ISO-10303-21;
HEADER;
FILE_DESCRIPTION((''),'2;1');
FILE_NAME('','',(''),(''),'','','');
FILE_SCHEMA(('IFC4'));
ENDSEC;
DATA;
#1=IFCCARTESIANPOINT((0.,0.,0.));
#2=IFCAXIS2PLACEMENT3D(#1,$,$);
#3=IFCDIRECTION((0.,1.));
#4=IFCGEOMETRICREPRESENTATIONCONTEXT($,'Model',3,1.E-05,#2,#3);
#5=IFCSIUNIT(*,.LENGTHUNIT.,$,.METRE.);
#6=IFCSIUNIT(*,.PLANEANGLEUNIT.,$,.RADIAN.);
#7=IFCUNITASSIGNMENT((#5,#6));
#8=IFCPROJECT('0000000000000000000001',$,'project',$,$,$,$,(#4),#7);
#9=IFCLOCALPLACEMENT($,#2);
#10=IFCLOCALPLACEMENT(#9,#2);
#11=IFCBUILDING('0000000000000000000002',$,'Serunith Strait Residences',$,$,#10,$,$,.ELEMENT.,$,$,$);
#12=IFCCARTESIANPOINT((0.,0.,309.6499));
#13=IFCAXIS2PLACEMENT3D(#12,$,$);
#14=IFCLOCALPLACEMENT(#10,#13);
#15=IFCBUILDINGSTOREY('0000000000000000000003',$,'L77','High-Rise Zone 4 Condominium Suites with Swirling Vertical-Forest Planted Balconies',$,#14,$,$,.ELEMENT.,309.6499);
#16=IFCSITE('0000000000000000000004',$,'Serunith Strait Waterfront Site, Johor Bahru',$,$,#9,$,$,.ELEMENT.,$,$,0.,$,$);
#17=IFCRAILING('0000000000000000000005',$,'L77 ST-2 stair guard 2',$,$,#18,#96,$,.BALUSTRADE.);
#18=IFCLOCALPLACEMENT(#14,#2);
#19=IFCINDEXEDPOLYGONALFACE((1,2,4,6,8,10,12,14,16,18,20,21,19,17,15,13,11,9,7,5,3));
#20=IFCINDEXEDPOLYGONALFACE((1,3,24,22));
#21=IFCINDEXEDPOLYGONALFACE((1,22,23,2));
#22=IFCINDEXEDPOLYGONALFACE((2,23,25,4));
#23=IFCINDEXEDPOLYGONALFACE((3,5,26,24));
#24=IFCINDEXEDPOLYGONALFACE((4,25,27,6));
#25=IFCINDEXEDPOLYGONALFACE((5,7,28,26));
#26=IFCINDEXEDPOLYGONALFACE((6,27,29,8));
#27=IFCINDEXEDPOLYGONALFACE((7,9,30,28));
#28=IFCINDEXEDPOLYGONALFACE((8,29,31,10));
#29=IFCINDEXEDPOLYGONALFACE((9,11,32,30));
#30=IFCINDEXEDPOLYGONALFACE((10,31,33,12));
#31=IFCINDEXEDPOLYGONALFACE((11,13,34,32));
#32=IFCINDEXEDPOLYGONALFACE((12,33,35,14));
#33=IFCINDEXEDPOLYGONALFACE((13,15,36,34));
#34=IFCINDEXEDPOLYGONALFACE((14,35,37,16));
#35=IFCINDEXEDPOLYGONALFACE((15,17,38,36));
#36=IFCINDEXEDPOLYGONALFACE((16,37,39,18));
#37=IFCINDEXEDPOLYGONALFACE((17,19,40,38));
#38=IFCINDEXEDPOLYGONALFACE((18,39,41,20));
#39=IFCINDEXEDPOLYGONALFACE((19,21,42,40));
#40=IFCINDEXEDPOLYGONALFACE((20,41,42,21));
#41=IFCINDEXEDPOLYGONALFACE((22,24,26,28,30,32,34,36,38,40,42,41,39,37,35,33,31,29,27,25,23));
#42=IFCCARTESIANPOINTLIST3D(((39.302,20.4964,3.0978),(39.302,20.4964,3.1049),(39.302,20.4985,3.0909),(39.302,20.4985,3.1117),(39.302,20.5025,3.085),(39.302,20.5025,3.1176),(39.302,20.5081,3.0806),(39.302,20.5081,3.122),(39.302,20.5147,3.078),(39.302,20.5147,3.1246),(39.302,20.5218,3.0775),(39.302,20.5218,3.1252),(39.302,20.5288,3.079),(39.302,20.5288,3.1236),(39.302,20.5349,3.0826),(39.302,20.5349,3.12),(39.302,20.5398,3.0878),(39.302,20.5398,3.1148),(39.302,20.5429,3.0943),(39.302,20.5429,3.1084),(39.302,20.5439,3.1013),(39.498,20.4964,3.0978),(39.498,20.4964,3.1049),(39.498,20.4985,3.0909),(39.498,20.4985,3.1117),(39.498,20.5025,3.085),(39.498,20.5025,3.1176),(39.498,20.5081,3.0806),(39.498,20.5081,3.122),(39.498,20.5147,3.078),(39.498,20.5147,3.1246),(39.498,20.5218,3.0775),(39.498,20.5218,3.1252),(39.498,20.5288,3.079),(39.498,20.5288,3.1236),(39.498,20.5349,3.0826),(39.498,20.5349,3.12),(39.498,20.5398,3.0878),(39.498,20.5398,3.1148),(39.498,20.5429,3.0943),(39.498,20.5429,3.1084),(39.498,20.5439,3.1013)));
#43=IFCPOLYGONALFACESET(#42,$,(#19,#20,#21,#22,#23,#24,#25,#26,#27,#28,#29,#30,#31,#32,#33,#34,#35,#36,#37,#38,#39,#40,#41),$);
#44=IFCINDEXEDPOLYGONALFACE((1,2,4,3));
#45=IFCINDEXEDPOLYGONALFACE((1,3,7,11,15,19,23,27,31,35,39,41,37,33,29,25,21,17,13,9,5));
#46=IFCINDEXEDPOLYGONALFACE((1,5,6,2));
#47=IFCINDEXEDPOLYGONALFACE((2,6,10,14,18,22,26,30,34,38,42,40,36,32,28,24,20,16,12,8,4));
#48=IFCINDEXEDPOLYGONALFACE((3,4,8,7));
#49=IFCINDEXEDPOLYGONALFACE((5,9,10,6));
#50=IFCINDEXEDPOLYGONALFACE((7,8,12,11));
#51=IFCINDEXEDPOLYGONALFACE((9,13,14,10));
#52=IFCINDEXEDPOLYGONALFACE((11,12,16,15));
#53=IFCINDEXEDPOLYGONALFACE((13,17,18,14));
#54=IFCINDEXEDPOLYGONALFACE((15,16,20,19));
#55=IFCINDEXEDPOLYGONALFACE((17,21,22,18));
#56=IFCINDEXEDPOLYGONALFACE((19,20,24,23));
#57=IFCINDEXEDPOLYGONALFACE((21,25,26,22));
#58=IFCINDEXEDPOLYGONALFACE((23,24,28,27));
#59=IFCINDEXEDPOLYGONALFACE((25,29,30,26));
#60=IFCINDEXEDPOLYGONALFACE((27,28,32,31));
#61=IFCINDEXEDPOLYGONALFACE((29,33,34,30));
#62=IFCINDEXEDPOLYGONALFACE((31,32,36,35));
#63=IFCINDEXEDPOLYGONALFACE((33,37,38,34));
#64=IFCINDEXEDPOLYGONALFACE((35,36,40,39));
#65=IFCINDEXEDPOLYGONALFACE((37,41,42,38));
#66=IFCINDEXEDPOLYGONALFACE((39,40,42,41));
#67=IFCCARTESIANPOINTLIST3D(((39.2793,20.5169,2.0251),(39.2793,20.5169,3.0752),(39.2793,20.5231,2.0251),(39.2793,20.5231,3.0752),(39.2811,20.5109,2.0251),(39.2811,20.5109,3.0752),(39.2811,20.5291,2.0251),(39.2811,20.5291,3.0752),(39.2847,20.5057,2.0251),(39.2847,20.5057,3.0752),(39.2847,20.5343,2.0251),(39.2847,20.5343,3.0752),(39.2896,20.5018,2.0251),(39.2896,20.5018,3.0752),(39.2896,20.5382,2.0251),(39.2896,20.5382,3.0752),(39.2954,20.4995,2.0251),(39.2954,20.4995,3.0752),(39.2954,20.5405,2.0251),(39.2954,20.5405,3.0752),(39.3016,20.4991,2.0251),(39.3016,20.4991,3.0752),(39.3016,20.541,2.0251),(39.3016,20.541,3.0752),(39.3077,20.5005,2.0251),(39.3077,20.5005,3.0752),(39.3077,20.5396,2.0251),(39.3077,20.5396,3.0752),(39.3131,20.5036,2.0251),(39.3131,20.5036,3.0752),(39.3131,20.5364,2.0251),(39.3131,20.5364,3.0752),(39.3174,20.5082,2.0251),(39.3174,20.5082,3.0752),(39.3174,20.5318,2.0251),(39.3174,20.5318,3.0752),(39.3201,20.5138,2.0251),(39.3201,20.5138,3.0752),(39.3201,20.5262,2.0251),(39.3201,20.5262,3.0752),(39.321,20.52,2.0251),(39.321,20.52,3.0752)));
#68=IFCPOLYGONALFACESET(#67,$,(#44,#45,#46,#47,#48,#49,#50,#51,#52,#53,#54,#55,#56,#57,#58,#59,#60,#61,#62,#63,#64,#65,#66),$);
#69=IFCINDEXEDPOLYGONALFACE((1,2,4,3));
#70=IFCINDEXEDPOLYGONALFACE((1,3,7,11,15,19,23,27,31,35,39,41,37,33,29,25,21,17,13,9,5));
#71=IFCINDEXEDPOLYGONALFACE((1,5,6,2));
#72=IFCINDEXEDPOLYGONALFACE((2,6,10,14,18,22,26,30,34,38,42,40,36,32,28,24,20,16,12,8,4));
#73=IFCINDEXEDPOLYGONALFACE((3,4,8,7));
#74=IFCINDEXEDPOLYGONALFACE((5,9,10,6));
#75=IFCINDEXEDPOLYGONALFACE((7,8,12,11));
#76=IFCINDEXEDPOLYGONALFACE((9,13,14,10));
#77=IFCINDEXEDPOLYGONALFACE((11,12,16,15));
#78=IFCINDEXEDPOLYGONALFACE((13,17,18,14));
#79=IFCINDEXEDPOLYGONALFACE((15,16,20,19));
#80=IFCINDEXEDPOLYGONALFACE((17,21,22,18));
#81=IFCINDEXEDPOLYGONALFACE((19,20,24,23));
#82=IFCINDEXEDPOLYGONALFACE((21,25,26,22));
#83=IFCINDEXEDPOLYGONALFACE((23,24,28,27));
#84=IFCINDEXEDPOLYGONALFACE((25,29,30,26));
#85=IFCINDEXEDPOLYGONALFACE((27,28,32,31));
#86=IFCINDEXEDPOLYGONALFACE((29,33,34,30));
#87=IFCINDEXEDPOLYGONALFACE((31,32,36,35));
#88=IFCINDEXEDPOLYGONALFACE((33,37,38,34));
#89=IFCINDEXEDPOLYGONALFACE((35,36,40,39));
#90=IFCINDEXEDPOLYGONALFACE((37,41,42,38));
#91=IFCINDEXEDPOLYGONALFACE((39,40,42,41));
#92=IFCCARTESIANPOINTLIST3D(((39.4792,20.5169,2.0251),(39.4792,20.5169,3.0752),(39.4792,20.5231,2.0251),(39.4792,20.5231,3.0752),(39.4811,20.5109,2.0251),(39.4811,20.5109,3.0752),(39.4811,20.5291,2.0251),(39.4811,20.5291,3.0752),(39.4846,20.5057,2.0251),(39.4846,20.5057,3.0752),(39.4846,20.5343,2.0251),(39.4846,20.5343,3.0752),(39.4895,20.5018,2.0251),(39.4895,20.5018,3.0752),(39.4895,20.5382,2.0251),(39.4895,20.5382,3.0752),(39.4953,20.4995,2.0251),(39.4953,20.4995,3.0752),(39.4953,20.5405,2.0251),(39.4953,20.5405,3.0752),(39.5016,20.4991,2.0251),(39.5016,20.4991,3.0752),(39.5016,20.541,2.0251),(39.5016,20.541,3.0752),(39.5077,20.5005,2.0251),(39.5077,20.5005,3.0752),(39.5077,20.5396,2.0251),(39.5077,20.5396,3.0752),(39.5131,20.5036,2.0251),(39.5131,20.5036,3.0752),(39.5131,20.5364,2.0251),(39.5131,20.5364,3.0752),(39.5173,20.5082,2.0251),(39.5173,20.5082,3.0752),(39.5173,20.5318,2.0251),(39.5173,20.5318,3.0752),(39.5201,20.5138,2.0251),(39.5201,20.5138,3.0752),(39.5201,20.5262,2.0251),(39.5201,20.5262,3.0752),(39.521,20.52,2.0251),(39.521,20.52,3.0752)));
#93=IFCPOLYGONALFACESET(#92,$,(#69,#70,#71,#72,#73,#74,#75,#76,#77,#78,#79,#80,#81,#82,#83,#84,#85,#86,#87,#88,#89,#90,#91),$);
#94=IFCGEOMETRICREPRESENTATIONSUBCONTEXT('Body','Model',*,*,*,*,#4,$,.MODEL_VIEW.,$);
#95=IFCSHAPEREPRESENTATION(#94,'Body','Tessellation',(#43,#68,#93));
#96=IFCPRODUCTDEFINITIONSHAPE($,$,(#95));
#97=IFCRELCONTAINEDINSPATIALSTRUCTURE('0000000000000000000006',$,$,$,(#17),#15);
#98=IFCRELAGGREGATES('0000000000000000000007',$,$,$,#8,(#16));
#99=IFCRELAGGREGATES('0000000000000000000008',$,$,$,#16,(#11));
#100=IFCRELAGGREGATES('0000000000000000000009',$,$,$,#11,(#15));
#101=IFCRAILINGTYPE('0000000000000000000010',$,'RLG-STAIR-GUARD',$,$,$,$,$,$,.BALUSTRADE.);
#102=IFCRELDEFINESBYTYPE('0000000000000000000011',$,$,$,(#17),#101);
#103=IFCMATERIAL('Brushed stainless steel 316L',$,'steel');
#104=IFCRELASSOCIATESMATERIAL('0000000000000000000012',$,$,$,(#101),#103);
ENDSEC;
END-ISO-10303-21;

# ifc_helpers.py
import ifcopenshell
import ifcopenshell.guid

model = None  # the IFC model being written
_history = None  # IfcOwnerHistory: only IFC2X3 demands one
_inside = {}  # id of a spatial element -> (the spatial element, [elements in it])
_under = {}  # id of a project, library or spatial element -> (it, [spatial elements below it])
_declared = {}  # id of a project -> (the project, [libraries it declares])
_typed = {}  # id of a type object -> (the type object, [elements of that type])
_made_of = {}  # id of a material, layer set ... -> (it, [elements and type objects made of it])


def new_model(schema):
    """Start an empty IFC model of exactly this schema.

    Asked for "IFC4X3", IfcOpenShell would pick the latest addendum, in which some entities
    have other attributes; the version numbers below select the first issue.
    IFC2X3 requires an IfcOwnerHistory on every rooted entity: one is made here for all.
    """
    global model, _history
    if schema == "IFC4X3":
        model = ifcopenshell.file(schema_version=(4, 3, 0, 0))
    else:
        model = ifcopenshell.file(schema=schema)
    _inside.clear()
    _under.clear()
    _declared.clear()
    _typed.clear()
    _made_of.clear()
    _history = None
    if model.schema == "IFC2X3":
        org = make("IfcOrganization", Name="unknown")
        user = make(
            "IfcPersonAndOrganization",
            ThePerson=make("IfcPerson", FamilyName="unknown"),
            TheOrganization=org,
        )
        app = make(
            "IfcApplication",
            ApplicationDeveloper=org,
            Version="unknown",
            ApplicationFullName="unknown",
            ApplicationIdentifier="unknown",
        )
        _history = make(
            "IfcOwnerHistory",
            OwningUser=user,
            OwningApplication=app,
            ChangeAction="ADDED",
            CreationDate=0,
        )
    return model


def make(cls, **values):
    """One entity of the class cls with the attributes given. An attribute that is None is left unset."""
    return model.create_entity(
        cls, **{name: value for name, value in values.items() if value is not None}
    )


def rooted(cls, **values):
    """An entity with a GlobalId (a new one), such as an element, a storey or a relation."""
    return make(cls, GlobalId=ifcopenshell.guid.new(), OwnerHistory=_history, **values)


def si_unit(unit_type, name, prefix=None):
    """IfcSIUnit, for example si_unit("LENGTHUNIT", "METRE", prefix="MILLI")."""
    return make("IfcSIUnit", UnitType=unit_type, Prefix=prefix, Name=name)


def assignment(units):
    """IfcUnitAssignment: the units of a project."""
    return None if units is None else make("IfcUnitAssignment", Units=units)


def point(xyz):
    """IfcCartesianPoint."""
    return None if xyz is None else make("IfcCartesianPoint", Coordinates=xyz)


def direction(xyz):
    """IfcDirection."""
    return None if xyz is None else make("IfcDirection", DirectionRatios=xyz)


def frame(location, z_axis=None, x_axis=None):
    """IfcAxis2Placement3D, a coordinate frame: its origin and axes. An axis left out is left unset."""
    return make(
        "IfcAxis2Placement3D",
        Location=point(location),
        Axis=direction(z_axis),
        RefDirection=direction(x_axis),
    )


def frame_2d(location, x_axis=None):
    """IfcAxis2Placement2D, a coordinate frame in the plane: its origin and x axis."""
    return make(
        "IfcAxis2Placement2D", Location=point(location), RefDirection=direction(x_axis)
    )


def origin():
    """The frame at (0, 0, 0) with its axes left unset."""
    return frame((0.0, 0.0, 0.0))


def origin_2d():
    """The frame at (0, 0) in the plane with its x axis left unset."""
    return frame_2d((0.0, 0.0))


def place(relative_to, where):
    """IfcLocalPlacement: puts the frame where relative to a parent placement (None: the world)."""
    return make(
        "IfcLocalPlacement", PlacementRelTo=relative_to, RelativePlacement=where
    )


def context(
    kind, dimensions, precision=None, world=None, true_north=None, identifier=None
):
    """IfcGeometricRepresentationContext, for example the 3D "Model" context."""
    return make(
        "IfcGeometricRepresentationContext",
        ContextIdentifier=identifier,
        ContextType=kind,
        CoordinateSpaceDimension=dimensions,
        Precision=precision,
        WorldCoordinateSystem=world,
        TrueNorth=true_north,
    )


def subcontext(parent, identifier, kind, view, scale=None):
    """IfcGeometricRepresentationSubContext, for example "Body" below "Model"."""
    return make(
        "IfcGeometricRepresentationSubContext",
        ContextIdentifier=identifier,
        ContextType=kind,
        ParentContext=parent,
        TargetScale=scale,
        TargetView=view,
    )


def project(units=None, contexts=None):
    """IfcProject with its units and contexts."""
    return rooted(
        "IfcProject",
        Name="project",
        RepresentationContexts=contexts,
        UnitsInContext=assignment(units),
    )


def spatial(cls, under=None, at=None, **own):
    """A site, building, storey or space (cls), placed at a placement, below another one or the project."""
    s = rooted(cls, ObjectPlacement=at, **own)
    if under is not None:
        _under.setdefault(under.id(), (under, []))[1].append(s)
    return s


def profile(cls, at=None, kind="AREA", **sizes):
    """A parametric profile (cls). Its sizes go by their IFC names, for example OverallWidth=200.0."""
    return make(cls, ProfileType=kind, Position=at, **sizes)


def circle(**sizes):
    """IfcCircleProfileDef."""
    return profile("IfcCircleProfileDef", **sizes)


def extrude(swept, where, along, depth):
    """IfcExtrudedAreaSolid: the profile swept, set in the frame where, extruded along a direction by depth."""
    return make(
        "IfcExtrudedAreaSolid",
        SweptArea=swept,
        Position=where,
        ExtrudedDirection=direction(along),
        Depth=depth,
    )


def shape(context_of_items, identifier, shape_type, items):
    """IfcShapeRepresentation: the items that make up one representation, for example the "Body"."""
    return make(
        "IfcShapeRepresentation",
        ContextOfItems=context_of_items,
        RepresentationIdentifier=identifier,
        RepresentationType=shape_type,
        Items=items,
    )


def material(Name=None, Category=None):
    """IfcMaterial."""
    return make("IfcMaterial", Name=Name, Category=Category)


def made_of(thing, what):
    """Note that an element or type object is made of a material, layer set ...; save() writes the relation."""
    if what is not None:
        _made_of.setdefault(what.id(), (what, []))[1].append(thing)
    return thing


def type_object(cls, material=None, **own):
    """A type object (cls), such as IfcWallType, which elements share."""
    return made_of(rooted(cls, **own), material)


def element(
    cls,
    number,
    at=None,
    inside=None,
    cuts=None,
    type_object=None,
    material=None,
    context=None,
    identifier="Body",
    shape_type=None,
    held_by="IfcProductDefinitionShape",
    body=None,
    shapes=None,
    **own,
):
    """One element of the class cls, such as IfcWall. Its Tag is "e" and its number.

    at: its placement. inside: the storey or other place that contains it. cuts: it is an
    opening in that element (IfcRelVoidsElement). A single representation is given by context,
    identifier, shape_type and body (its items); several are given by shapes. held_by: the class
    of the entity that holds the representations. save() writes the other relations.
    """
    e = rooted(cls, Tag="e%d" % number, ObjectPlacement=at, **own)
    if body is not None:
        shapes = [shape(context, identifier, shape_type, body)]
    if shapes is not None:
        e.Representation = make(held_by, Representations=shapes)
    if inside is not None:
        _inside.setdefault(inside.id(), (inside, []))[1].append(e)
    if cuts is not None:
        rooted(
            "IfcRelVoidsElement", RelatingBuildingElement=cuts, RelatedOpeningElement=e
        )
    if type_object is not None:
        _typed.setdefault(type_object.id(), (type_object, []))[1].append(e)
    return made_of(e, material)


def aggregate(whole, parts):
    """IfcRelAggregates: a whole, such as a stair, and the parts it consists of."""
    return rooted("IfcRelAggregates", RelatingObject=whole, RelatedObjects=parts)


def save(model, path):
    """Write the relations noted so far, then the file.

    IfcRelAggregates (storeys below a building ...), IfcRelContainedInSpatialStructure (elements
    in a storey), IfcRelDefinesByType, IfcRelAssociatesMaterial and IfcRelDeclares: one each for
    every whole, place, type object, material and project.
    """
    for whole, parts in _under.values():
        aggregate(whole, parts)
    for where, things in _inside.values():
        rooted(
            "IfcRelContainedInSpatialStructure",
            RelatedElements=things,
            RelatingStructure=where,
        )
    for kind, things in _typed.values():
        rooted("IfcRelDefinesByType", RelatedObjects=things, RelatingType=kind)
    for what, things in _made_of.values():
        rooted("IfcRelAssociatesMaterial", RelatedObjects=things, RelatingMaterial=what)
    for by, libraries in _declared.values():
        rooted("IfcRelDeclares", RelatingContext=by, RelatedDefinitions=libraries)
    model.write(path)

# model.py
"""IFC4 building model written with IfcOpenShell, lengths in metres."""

from ifc_helpers import new_model, si_unit, direction, frame, origin, origin_2d, place, context, subcontext, project, spatial, circle, extrude, material, type_object, element, save


model = new_model("IFC4")

# Units and contexts
model_context = context("Model", 3, precision=1e-05, world=origin(), true_north=direction((0.0, 1.0)))
body_context = subcontext(model_context, "Body", "Model", "MODEL_VIEW")
ifc_project = project(units=[si_unit("LENGTHUNIT", "METRE"), si_unit("PLANEANGLEUNIT", "RADIAN")], contexts=[model_context])

# Site, building, storey
site_placement = place(None, origin())
site = spatial("IfcSite", under=ifc_project, at=site_placement, Name="Serunith Strait Waterfront Site, Johor Bahru", CompositionType="ELEMENT", RefElevation=0.0)
building_placement = place(site_placement, origin())
building = spatial("IfcBuilding", under=site, at=building_placement, Name="Serunith Strait Residences", CompositionType="ELEMENT")
storey_placement = place(building_placement, frame((0.0, 0.0, 309.6499)))
storey = spatial("IfcBuildingStorey", under=building, at=storey_placement, Name="L77", Description="High-Rise Zone 4 Condominium Suites with Swirling Vertical-Forest Planted Balconies", CompositionType="ELEMENT", Elevation=309.6499)

# Railing
ifc_material_1 = material(Name="Brushed stainless steel 316L", Category="steel")
railing_type_1 = type_object("IfcRailingType", Name="RLG-STAIR-GUARD", PredefinedType="BALUSTRADE", material=ifc_material_1)
railing_1_placement = place(storey_placement, frame((39.3, 20.52, 2.0251)))
element("IfcRailing", 1, at=railing_1_placement, inside=storey, type_object=railing_type_1, Name="L77 ST-2 stair guard 2", PredefinedType="BALUSTRADE", context=body_context, shape_type="SweptSolid", body=[
    extrude(circle(Radius=0.0239, at=origin_2d()), frame((0.002, 0.0, 1.0762), z_axis=(1.0, 0.0, 0.0), x_axis=(0.0, 1.0, 0.0)), (0.0, 0.0, 1.0), 0.196),
    extrude(circle(Radius=0.021, at=origin_2d()), origin(), (0.0, 0.0, 1.0), 1.05),
    extrude(circle(Radius=0.021, at=origin_2d()), frame((0.2, 0.0, 0.0)), (0.0, 0.0, 1.0), 1.05),
])

save(model, "model.ifc")
